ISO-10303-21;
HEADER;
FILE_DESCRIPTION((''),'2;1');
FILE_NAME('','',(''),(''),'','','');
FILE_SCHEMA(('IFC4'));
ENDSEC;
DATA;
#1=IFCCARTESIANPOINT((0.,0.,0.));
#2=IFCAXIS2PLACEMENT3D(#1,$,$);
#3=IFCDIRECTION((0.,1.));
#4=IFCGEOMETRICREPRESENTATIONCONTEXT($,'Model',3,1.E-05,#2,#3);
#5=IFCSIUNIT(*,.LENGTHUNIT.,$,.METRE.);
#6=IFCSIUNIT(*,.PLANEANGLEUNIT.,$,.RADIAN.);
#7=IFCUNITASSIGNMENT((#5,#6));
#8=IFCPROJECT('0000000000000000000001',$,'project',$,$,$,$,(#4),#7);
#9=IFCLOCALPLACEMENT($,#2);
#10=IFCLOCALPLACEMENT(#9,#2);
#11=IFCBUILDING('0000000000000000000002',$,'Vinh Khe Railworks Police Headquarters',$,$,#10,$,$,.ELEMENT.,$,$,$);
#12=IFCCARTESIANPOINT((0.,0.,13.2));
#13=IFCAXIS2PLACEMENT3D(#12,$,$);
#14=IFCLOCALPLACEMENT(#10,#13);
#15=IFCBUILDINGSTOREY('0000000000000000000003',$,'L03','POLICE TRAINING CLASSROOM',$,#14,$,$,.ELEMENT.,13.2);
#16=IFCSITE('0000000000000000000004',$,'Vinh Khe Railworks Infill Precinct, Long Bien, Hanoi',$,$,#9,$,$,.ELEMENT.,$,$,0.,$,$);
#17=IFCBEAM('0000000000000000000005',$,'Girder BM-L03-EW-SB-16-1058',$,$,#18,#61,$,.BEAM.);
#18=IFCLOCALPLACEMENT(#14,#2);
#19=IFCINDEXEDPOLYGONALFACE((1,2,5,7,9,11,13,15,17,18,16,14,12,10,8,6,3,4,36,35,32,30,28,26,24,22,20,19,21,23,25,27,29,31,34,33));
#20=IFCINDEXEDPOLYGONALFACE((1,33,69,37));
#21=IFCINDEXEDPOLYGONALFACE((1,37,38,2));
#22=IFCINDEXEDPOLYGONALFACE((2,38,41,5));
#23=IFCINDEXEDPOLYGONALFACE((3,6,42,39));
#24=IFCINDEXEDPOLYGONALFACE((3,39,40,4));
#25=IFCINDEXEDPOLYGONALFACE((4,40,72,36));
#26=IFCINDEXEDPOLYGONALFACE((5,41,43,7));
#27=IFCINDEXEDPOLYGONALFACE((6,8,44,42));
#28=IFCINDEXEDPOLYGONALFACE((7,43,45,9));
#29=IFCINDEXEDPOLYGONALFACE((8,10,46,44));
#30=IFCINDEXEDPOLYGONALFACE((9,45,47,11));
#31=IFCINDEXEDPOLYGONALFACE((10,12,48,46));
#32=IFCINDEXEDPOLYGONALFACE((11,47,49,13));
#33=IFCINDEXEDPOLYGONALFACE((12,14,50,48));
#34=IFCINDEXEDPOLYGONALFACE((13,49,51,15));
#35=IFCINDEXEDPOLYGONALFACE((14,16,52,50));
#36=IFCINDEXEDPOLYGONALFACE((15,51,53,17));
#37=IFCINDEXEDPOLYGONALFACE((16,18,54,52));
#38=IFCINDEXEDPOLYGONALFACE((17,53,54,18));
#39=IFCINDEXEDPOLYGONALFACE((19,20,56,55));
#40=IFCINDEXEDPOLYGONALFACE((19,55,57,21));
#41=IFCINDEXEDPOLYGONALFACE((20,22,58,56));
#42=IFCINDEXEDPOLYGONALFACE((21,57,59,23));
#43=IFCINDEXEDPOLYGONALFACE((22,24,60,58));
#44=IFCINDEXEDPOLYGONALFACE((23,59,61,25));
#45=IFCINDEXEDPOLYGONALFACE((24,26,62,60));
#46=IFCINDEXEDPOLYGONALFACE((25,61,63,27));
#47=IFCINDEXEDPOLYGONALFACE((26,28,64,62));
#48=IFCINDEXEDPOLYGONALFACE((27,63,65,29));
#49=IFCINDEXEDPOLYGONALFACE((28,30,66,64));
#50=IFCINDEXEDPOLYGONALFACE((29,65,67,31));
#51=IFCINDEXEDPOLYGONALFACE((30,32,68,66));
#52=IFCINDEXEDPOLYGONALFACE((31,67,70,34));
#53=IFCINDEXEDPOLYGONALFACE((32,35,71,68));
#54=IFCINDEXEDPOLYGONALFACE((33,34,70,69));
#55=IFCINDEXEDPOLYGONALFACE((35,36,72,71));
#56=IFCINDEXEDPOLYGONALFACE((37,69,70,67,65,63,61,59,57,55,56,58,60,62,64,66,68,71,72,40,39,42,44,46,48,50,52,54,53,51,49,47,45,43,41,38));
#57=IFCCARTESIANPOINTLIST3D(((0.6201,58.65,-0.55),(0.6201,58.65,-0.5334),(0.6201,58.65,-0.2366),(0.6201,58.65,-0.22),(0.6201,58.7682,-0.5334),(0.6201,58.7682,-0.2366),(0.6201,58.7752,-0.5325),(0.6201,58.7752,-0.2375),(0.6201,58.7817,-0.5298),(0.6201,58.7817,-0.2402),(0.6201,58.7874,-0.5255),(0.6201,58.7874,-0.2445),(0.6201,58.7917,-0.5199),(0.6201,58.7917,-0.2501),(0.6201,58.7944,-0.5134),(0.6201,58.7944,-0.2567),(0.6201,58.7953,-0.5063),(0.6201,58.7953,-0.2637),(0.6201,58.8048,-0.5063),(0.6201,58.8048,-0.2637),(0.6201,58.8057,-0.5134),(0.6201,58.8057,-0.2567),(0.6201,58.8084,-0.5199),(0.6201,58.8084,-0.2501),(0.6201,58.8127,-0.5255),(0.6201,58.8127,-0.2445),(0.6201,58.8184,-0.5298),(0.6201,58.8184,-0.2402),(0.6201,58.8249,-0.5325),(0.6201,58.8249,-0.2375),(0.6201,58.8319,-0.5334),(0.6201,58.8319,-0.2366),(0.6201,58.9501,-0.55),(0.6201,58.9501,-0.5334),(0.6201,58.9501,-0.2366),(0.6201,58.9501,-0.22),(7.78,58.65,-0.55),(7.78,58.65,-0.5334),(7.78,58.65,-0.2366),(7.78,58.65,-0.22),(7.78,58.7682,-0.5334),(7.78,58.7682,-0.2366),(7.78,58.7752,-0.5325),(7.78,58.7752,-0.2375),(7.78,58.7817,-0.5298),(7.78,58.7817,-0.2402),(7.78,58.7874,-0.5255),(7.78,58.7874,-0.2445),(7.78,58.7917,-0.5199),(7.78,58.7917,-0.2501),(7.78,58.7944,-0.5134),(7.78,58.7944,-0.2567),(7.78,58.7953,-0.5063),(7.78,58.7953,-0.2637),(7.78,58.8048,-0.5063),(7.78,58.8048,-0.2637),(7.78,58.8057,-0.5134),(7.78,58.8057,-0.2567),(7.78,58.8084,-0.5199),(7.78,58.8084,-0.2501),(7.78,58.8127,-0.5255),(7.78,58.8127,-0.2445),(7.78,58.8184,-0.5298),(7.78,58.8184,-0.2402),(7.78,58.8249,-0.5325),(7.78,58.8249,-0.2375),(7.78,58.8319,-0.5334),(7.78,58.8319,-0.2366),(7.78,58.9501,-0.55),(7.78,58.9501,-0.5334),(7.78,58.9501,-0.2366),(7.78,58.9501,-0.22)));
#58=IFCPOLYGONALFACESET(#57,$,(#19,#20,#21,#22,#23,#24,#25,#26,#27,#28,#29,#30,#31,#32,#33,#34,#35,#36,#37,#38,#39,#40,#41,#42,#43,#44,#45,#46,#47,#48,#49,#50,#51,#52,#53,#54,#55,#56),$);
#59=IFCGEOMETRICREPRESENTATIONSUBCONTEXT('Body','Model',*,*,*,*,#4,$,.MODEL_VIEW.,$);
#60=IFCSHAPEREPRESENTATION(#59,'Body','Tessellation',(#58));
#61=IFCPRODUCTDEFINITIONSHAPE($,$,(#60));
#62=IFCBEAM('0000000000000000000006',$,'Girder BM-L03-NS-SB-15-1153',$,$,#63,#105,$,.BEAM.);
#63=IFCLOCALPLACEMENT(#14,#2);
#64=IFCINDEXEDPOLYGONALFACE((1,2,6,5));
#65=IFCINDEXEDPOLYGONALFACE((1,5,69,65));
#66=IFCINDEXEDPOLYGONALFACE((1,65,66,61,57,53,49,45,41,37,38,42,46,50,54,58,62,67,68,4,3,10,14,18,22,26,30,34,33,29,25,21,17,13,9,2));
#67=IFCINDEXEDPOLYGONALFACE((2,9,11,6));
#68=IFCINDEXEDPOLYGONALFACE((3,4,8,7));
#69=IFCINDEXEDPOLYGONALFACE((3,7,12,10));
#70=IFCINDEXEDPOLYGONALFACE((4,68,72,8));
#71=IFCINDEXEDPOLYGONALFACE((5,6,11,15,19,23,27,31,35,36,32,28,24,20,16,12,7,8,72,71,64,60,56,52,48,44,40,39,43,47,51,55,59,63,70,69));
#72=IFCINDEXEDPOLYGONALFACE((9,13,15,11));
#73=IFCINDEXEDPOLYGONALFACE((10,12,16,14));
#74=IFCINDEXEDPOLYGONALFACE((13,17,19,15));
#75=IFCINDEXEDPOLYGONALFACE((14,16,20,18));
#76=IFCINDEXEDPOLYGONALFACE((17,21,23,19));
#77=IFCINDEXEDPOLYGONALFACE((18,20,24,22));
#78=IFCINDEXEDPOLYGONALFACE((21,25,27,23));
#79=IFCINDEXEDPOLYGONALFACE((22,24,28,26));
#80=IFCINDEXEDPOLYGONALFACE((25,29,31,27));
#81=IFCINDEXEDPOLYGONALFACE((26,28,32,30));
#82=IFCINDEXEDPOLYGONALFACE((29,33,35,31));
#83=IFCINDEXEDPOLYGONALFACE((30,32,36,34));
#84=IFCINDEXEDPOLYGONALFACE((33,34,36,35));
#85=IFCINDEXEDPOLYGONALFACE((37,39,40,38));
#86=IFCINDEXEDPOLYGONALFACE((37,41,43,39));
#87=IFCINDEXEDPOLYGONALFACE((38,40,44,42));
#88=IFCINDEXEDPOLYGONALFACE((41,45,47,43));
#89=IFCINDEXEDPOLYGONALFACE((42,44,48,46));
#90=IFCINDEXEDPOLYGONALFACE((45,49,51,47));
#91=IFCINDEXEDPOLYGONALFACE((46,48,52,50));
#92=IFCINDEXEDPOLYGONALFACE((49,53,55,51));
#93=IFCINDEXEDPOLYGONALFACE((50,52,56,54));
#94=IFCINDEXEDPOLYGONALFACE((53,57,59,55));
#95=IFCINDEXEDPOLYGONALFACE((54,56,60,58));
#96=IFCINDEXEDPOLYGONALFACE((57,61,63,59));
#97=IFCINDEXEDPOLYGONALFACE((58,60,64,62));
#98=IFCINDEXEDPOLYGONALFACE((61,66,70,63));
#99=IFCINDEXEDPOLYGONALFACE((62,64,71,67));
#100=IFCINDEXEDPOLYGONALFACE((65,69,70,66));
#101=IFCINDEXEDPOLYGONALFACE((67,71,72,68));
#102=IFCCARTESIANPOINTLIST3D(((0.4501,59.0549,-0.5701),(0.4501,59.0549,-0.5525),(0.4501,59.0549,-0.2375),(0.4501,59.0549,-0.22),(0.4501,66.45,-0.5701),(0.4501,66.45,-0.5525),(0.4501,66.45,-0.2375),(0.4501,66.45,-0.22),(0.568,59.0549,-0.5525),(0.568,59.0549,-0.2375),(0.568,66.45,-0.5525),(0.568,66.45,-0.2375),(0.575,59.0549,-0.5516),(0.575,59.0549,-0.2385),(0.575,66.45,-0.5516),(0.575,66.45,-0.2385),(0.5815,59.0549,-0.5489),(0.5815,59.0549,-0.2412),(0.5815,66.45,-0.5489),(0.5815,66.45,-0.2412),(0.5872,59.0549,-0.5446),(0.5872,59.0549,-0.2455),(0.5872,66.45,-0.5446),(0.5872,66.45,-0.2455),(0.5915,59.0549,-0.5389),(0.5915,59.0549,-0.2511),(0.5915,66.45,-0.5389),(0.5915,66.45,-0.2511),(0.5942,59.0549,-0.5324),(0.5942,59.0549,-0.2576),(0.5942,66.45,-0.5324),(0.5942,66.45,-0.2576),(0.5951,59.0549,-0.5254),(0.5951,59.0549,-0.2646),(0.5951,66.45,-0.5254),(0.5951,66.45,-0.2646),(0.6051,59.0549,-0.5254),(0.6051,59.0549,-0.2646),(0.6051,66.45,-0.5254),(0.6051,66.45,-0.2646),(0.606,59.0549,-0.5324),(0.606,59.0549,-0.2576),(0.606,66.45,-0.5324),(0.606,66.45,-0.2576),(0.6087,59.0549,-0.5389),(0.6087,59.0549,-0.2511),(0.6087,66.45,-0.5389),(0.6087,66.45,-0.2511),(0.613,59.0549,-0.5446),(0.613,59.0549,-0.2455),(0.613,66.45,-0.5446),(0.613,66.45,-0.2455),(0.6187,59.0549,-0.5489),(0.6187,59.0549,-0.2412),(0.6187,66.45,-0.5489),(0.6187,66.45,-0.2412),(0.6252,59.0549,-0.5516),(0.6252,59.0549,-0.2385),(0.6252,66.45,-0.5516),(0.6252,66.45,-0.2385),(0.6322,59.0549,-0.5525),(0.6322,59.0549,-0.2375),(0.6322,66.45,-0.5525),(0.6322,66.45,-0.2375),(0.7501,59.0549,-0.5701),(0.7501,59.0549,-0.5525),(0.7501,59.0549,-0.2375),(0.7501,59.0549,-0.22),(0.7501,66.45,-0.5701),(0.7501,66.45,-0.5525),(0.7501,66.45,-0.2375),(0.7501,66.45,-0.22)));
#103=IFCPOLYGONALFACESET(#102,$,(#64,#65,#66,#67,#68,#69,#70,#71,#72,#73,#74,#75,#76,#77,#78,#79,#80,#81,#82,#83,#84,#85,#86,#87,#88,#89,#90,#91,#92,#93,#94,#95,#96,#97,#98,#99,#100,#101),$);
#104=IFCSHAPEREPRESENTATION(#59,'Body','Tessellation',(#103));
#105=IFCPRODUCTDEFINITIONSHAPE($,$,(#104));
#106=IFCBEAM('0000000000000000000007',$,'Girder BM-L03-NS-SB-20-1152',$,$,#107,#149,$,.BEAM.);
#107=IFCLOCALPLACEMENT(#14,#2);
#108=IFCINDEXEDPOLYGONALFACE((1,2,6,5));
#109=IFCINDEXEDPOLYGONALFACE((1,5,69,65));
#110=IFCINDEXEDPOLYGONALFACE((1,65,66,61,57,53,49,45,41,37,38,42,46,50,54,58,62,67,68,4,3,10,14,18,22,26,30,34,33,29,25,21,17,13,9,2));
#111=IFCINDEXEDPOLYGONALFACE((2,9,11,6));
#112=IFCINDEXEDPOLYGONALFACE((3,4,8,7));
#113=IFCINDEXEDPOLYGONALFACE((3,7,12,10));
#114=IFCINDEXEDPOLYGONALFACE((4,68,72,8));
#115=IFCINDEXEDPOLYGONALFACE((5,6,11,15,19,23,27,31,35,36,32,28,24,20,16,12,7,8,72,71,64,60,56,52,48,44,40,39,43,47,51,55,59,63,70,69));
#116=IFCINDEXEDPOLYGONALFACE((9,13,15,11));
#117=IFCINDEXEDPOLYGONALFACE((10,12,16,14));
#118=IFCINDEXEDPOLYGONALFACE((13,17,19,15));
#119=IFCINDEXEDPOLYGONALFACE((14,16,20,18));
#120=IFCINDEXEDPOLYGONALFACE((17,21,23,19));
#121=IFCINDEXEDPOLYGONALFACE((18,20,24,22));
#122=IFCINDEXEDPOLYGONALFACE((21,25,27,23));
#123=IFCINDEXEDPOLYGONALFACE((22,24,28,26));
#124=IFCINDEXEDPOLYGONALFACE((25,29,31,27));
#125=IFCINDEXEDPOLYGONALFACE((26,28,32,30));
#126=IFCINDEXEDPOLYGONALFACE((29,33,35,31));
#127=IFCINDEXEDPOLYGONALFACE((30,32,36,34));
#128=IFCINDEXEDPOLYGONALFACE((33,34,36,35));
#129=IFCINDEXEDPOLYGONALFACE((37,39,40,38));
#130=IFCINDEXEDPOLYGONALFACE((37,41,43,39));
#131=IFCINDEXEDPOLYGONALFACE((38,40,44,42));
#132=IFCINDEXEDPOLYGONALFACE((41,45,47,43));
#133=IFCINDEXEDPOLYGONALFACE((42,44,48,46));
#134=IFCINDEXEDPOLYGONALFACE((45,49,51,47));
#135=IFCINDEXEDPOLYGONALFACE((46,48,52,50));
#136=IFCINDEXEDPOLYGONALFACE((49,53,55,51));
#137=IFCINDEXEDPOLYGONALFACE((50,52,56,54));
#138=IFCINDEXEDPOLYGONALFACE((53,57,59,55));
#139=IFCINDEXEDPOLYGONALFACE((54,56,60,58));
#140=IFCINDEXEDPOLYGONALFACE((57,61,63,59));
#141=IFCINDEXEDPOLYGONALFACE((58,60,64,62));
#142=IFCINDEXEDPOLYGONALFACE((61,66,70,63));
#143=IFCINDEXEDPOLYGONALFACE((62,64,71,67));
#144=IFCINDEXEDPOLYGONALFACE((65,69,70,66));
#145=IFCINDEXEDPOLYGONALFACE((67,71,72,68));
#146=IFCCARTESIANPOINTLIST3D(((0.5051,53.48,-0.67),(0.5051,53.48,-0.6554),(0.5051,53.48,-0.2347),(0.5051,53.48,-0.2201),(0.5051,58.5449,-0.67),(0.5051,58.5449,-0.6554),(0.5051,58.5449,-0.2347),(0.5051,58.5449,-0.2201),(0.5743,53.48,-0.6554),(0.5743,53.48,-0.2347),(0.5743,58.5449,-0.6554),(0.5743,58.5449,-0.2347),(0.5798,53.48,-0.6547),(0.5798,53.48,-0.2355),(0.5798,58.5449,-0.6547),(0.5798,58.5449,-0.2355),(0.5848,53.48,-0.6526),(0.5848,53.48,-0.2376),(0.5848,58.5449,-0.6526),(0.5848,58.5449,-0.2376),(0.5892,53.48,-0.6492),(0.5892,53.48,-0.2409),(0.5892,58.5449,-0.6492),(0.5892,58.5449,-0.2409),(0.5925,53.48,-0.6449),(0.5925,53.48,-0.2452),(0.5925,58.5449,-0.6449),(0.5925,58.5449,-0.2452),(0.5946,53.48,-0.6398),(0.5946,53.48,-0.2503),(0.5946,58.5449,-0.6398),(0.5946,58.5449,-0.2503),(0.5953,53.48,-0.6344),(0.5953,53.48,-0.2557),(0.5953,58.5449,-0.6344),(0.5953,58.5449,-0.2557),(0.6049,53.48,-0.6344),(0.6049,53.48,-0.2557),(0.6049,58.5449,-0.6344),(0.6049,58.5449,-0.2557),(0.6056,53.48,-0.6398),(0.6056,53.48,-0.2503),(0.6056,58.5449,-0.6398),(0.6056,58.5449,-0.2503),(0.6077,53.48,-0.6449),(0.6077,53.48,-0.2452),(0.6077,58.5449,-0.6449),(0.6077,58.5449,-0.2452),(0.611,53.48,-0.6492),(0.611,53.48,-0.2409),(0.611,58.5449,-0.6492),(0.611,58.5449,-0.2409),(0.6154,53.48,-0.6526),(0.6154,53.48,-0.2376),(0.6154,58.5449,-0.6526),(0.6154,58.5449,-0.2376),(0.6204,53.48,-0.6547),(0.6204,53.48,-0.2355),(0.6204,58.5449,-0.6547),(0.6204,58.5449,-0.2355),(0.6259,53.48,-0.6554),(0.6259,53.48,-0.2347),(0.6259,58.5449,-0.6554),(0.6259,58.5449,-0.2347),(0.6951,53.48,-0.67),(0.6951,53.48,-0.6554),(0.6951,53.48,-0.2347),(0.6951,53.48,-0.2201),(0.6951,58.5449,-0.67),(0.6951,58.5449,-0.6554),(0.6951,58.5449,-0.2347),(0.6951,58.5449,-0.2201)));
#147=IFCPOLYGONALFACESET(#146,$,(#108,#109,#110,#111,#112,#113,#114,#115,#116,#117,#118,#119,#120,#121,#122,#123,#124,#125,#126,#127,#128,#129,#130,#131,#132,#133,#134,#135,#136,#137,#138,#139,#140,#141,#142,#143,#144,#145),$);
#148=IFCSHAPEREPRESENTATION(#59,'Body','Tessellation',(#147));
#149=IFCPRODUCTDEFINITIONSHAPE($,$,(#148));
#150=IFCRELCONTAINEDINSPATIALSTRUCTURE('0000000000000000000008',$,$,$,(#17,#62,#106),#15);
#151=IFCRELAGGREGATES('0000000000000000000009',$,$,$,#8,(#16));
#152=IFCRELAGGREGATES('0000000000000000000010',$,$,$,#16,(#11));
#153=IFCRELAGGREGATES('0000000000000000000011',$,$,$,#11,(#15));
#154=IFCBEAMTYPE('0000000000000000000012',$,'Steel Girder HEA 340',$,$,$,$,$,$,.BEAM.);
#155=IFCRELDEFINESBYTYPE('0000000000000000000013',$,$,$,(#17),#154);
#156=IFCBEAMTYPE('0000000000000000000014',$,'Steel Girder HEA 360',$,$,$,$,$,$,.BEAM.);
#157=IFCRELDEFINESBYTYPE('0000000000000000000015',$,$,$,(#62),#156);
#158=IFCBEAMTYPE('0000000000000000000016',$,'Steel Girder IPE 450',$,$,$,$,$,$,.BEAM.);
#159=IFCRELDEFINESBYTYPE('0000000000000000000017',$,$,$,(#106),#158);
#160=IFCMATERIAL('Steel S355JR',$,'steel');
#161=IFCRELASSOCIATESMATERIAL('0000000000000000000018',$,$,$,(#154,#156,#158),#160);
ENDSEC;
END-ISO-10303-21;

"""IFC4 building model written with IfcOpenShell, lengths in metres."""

from ifc_helpers import new_model, si_unit, direction, frame, origin, origin_2d, place, context, subcontext, project, spatial, i_section, extrude, material, material_profile, profile_set, type_object, element, save


model = new_model("IFC4")

# Units and contexts
model_context = context("Model", 3, precision=1e-05, world=origin(), true_north=direction((0.0, 1.0)))
body_context = subcontext(model_context, "Body", "Model", "MODEL_VIEW")
ifc_project = project(units=[si_unit("LENGTHUNIT", "METRE"), si_unit("PLANEANGLEUNIT", "RADIAN")], contexts=[model_context])

# Site, building, storey
site_placement = place(None, origin())
site = spatial("IfcSite", under=ifc_project, at=site_placement, Name="Vinh Khe Railworks Infill Precinct, Long Bien, Hanoi", CompositionType="ELEMENT", RefElevation=0.0)
building_placement = place(site_placement, origin())
building = spatial("IfcBuilding", under=site, at=building_placement, Name="Vinh Khe Railworks Police Headquarters", CompositionType="ELEMENT")
storey_placement = place(building_placement, frame((0.0, 0.0, 13.2)))
storey = spatial("IfcBuildingStorey", under=building, at=storey_placement, Name="L03", Description="POLICE TRAINING CLASSROOM", CompositionType="ELEMENT", Elevation=13.2)

# Shared definitions
ifc_material_1 = material(Name="Steel S355JR", Category="steel")

# Beams
ifc_material_profile_1 = material_profile(ifc_material_1, i_section(OverallWidth=0.3, OverallDepth=0.3301, WebThickness=0.0095, FlangeThickness=0.0166, FilletRadius=0.0271, at=origin_2d()), Name="HEA 340")
ifc_profile_set_1 = profile_set([ifc_material_profile_1], Name="Steel S355JR")
beam_type_1 = type_object("IfcBeamType", Name="Steel Girder HEA 340", PredefinedType="BEAM", material=ifc_profile_set_1)
for number, where, z_axis, x_axis, name in (
    (1, (0.6201, 58.8, -0.385), (1.0, 0.0, 0.0), (0.0, 1.0, 0.0), "Girder BM-L03-EW-SB-16-1058"),
):
    element("IfcBeam", number, at=place(storey_placement, frame(where, z_axis=z_axis, x_axis=x_axis)), inside=storey, type_object=beam_type_1, Name=name, PredefinedType="BEAM", context=body_context, shape_type="SweptSolid", body=[
        extrude(i_section(OverallWidth=0.3, OverallDepth=0.3301, WebThickness=0.0095, FlangeThickness=0.0166, FilletRadius=0.0271, at=origin_2d()), origin(), (0.0, 0.0, 1.0), 7.1599),
    ])
ifc_material_profile_2 = material_profile(ifc_material_1, i_section(OverallWidth=0.3, OverallDepth=0.3501, WebThickness=0.01, FlangeThickness=0.0176, FilletRadius=0.0271, at=origin_2d()), Name="HEA 360")
ifc_profile_set_2 = profile_set([ifc_material_profile_2], Name="Steel S355JR")
beam_type_2 = type_object("IfcBeamType", Name="Steel Girder HEA 360", PredefinedType="BEAM", material=ifc_profile_set_2)
beam_1_placement = place(storey_placement, frame((0.6001, 59.0549, -0.395), z_axis=(0.0, 1.0, 0.0), x_axis=(-1.0, 0.0, 0.0)))
element("IfcBeam", 2, at=beam_1_placement, inside=storey, type_object=beam_type_2, Name="Girder BM-L03-NS-SB-15-1153", PredefinedType="BEAM", context=body_context, shape_type="SweptSolid", body=[
    extrude(i_section(OverallWidth=0.3, OverallDepth=0.3501, WebThickness=0.01, FlangeThickness=0.0176, FilletRadius=0.0271, at=origin_2d()), origin(), (0.0, 0.0, 1.0), 7.395),
])
ifc_material_profile_3 = material_profile(ifc_material_1, i_section(OverallWidth=0.1899, OverallDepth=0.45, WebThickness=0.0095, FlangeThickness=0.0146, FilletRadius=0.021, at=origin_2d()), Name="IPE 450")
ifc_profile_set_3 = profile_set([ifc_material_profile_3], Name="Steel S355JR")
beam_type_3 = type_object("IfcBeamType", Name="Steel Girder IPE 450", PredefinedType="BEAM", material=ifc_profile_set_3)
beam_2_placement = place(storey_placement, frame((0.6001, 53.48, -0.4451), z_axis=(0.0, 1.0, 0.0), x_axis=(-1.0, 0.0, 0.0)))
element("IfcBeam", 3, at=beam_2_placement, inside=storey, type_object=beam_type_3, Name="Girder BM-L03-NS-SB-20-1152", PredefinedType="BEAM", context=body_context, shape_type="SweptSolid", body=[
    extrude(i_section(OverallWidth=0.1899, OverallDepth=0.45, WebThickness=0.0095, FlangeThickness=0.0146, FilletRadius=0.021, at=origin_2d()), origin(), (0.0, 0.0, 1.0), 5.0649),
])

save(model, "model.ifc")
